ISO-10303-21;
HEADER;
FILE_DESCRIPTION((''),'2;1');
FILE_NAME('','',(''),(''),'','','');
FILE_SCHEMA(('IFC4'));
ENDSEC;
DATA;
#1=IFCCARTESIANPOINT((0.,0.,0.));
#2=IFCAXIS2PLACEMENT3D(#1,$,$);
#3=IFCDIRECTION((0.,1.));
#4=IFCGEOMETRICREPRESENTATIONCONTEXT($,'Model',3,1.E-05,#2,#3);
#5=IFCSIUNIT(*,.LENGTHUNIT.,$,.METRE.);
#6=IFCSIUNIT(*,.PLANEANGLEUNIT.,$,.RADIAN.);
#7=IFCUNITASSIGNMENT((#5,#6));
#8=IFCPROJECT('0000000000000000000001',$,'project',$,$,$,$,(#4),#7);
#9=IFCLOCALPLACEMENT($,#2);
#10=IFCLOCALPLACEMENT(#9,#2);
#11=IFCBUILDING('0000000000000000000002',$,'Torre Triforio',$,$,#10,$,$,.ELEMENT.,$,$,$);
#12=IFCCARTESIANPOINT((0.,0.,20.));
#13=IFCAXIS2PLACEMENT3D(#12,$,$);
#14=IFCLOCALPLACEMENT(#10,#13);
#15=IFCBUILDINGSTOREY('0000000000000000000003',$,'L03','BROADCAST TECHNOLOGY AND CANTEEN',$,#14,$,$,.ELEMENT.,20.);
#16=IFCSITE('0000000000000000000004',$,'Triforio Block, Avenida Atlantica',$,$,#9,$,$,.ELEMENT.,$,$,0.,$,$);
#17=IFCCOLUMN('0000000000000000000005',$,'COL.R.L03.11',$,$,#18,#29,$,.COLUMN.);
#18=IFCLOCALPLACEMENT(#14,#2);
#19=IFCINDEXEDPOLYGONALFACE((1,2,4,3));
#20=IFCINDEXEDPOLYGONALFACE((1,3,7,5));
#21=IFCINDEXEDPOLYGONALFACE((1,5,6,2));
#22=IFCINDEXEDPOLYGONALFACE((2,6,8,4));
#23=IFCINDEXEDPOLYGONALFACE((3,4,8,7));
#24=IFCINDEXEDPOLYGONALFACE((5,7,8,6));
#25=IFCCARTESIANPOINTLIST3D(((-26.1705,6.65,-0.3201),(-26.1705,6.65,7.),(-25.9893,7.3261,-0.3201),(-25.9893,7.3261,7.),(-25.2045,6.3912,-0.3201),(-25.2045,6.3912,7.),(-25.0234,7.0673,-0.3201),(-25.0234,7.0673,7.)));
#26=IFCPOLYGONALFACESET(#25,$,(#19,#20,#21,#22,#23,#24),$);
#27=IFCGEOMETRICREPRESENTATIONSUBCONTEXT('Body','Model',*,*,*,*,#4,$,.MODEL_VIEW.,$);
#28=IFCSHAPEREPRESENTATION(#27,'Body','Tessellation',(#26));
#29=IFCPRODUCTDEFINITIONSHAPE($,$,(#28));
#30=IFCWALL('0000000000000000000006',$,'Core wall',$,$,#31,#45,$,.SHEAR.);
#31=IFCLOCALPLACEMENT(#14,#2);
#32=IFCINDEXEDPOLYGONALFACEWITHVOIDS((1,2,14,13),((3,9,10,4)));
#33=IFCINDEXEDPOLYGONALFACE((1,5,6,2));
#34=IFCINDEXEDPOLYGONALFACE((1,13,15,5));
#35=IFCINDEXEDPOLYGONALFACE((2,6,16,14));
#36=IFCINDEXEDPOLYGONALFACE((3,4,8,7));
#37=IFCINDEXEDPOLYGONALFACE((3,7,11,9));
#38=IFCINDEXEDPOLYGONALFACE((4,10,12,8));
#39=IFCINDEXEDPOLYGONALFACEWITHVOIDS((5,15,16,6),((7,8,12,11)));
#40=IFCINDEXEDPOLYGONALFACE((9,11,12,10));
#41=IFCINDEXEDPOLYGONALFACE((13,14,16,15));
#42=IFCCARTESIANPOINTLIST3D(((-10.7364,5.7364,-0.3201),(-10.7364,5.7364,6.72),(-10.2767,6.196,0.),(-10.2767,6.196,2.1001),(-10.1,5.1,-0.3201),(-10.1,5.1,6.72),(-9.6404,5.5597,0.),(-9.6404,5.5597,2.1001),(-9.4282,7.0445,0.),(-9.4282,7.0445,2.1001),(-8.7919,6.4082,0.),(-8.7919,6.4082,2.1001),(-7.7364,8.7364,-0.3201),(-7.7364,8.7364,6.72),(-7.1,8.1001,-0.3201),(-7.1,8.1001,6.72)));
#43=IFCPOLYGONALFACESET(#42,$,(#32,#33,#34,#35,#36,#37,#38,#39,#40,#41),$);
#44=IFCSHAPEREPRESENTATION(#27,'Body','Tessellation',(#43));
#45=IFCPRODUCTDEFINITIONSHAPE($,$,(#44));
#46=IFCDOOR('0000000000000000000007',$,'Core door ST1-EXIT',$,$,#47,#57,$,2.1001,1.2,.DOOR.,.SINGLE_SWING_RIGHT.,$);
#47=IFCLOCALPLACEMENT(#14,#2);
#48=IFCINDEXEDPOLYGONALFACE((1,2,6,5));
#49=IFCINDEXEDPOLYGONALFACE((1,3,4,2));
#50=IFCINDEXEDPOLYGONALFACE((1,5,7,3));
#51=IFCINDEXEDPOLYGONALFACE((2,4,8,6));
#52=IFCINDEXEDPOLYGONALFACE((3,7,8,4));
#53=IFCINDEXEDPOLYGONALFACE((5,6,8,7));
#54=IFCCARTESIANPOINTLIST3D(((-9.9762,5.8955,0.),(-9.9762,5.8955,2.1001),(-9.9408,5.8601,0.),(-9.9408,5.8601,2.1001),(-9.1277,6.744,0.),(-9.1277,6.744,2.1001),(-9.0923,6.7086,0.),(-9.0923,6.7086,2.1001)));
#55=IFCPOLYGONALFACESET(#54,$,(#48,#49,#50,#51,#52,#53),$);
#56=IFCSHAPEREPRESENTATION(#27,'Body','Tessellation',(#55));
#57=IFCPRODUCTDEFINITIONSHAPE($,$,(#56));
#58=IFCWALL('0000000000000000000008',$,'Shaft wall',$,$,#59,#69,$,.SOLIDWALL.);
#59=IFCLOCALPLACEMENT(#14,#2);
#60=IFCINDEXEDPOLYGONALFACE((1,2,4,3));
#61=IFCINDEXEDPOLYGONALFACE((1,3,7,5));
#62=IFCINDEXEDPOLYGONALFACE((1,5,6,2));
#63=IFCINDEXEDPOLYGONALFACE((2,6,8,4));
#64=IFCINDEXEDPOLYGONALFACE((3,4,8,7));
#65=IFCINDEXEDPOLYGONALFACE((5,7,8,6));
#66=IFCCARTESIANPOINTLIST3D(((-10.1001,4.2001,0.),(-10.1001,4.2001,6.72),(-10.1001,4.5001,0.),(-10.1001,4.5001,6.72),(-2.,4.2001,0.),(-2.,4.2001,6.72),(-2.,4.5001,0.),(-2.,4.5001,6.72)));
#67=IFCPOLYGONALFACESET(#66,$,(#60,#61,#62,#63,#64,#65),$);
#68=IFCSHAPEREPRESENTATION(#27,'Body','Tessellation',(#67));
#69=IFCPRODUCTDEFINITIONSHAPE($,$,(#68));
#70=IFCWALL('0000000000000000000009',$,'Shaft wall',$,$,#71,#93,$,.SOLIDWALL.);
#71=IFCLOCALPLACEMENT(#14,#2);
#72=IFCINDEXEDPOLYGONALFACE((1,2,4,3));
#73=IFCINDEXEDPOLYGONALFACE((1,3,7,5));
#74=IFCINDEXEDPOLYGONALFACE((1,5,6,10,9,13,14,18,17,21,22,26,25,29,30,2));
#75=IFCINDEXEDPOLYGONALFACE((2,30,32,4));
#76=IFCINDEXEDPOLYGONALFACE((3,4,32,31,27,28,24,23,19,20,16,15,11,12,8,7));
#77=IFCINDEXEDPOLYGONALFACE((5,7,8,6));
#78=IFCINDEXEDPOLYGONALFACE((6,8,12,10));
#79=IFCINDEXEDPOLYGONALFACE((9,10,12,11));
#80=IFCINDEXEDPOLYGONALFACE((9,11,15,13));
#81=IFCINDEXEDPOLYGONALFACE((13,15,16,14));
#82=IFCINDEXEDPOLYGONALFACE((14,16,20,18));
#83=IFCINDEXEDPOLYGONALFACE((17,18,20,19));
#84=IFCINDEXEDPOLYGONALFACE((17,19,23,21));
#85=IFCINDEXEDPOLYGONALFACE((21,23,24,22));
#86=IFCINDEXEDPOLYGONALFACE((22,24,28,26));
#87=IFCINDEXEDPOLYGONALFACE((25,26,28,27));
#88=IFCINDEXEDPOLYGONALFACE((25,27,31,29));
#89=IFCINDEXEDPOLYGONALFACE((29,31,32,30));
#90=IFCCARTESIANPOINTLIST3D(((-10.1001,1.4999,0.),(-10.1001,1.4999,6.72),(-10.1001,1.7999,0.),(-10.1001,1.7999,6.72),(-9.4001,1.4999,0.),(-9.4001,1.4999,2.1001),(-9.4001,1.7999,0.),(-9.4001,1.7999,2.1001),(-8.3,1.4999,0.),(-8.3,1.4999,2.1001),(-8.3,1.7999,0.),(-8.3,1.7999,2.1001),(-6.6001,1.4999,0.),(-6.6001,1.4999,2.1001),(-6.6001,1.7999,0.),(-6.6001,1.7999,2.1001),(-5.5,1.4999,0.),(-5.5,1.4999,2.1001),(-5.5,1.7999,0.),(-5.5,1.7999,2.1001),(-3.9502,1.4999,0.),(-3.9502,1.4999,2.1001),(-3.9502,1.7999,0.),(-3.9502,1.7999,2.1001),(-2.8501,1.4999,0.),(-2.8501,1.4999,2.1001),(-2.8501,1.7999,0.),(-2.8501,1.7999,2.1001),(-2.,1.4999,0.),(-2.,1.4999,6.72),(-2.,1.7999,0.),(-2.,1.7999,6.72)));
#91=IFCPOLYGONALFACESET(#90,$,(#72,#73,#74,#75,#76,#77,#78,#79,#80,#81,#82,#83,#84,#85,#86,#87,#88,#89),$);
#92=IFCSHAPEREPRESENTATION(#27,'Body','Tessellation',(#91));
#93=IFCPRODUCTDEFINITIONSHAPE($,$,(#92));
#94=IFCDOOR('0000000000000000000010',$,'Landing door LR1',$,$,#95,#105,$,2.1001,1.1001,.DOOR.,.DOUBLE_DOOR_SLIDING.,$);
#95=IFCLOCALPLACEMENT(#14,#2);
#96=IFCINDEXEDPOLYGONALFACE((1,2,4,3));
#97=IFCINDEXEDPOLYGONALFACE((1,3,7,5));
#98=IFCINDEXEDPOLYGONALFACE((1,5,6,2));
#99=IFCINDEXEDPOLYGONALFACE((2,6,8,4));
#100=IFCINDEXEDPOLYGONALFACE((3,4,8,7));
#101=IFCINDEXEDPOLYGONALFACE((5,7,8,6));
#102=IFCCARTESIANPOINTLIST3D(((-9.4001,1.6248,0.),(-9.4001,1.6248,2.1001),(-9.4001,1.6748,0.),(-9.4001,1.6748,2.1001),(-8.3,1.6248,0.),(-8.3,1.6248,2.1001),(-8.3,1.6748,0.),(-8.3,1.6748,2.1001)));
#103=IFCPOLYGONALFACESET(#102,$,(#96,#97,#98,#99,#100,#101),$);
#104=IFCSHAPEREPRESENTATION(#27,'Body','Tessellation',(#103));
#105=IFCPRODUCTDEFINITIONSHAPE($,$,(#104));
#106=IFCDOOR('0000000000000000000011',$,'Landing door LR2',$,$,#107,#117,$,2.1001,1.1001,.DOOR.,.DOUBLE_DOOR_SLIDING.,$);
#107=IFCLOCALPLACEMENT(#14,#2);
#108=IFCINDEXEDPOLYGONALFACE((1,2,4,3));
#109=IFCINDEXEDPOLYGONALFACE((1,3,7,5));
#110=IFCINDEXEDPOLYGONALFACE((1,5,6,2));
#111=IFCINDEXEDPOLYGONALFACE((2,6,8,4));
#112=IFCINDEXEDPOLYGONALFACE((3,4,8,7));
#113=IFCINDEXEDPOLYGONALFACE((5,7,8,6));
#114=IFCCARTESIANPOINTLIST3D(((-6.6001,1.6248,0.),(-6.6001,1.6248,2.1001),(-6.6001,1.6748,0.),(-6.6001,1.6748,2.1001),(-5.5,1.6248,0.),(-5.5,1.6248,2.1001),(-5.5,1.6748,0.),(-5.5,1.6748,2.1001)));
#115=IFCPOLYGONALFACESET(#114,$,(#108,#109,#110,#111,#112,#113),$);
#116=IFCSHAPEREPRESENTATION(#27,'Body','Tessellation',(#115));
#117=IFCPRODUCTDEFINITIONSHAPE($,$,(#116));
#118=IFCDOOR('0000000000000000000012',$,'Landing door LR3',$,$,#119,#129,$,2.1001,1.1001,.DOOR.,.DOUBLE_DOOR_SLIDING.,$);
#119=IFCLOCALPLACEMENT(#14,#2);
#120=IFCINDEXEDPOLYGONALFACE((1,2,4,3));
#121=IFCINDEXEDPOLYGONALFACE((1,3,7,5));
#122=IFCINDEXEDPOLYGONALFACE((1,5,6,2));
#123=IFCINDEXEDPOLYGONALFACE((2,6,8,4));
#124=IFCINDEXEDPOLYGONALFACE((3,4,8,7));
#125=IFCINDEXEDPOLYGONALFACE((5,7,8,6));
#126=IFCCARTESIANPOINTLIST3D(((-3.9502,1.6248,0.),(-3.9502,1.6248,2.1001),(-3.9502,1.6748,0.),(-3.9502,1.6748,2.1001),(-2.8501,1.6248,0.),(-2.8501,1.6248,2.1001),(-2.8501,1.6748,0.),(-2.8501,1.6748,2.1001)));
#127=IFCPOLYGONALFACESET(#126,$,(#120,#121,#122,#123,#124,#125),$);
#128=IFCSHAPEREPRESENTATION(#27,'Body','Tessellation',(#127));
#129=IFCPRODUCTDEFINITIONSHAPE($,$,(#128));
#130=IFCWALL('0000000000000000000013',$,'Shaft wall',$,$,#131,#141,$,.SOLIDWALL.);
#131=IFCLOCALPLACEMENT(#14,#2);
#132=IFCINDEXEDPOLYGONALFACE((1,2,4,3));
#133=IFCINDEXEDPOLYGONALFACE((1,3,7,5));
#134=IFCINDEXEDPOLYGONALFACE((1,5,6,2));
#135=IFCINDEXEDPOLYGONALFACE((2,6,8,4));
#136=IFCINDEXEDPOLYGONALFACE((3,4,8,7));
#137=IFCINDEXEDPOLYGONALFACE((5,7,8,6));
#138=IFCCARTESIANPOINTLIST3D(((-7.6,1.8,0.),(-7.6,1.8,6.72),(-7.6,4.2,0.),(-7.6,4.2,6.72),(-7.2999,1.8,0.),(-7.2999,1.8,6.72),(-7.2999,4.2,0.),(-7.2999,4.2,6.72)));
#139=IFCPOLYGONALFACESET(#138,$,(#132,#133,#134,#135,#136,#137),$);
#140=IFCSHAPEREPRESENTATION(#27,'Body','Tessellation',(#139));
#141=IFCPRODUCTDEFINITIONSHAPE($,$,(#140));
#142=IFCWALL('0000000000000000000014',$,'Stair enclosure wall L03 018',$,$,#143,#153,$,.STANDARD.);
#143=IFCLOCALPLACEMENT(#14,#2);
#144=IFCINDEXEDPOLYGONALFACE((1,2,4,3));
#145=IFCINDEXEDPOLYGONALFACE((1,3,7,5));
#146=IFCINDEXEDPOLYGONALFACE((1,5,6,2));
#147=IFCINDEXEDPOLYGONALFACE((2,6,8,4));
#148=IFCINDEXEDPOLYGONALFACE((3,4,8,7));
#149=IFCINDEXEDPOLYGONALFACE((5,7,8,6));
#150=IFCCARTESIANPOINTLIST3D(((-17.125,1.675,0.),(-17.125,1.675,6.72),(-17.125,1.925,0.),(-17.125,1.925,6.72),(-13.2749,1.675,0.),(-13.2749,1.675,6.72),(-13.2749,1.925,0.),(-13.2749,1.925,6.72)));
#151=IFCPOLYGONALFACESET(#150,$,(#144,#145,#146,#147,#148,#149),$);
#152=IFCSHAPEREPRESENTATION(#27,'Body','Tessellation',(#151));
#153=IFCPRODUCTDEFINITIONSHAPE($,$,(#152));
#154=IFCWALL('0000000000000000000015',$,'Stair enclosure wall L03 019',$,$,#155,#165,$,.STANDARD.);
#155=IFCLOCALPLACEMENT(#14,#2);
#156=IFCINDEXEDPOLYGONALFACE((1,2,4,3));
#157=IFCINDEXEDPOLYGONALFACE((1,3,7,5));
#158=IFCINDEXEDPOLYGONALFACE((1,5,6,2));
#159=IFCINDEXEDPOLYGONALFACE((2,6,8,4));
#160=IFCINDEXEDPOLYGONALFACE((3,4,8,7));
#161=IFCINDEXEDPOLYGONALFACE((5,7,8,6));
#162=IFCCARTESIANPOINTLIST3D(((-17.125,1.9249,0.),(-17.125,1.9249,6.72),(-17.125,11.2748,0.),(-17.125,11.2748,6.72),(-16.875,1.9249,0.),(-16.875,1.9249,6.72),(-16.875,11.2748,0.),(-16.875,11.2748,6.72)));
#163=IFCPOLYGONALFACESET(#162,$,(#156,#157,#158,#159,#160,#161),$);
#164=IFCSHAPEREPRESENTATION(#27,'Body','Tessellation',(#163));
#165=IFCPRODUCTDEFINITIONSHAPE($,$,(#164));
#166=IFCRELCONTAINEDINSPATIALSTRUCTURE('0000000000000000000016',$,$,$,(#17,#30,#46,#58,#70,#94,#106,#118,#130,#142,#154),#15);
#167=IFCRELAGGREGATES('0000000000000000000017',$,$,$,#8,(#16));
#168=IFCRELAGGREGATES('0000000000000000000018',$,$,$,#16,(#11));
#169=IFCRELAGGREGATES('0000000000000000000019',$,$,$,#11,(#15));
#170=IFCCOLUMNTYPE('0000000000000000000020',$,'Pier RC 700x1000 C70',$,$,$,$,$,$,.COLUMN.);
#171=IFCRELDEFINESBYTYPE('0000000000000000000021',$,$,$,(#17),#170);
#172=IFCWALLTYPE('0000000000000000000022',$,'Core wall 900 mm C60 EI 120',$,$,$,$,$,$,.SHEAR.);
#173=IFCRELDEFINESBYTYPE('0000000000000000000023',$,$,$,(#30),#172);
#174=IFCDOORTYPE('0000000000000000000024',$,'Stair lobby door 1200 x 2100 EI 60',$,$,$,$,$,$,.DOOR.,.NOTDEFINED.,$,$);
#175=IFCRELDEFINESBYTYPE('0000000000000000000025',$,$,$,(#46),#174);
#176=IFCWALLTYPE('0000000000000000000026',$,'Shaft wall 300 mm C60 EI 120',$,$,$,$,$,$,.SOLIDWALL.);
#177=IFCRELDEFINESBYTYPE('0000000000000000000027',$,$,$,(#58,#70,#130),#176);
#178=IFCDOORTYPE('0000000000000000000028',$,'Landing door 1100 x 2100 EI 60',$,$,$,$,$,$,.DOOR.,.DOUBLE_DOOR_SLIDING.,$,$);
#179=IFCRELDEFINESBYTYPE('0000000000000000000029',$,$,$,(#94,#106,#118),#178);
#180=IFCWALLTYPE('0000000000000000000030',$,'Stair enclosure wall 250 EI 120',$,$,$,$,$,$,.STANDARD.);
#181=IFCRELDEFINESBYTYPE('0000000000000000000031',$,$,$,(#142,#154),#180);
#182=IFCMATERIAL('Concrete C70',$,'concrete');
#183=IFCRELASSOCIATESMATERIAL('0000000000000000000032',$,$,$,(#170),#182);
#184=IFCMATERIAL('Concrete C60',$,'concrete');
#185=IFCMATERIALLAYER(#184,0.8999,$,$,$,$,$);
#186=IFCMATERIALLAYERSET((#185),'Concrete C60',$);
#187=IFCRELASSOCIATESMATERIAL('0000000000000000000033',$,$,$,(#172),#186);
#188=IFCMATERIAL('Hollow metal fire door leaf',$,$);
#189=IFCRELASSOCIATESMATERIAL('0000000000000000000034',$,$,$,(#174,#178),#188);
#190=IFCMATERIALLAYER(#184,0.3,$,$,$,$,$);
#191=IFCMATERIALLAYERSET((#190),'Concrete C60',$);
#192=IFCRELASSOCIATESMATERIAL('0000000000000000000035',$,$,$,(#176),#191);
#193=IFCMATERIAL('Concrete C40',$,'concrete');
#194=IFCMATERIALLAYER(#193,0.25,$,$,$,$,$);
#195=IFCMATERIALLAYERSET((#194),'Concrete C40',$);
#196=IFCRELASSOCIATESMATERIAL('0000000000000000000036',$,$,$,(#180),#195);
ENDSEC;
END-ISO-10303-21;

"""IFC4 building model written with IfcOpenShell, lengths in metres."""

from ifc_helpers import new_model, si_unit, direction, frame, frame_2d, origin, origin_2d, place, context, subcontext, project, spatial, rectangle, extrude, material, layer, layer_set, material_profile, profile_set, type_object, element, fill, save


model = new_model("IFC4")

# Units and contexts
model_context = context("Model", 3, precision=1e-05, world=origin(), true_north=direction((0.0, 1.0)))
body_context = subcontext(model_context, "Body", "Model", "MODEL_VIEW")
ifc_project = project(units=[si_unit("LENGTHUNIT", "METRE"), si_unit("PLANEANGLEUNIT", "RADIAN")], contexts=[model_context])

# Site, building, storey
site_placement = place(None, origin())
site = spatial("IfcSite", under=ifc_project, at=site_placement, Name="Triforio Block, Avenida Atlantica", CompositionType="ELEMENT", RefElevation=0.0)
building_placement = place(site_placement, origin())
building = spatial("IfcBuilding", under=site, at=building_placement, Name="Torre Triforio", CompositionType="ELEMENT")
storey_placement = place(building_placement, frame((0.0, 0.0, 20.0)))
storey = spatial("IfcBuildingStorey", under=building, at=storey_placement, Name="L03", Description="BROADCAST TECHNOLOGY AND CANTEEN", CompositionType="ELEMENT", Elevation=20.0)

# Column
ifc_material_1 = material(Name="Concrete C70", Category="concrete")
ifc_material_profile_1 = material_profile(ifc_material_1, rectangle(XDim=0.7, YDim=1.0, at=origin_2d()), Name="RC 700x1000")
ifc_profile_set_1 = profile_set([ifc_material_profile_1], Name="Concrete C70")
column_type = type_object("IfcColumnType", Name="Pier RC 700x1000 C70", PredefinedType="COLUMN", material=ifc_profile_set_1)
column_placement = place(storey_placement, frame((-25.5969, 6.8586, -0.3201), z_axis=(0.0, 0.0, 1.0), x_axis=(-0.258819, -0.965926, 0.0)))
element("IfcColumn", 1, at=column_placement, inside=storey, type_object=column_type, Name="COL.R.L03.11", PredefinedType="COLUMN", context=body_context, shape_type="SweptSolid", body=[
    extrude(rectangle(XDim=0.7, YDim=1.0, at=origin_2d()), origin(), (0.0, 0.0, 1.0), 7.3201),
])

# Wall, opening, door
ifc_material_2 = material(Name="Concrete C60", Category="concrete")
ifc_layer_1 = layer(ifc_material_2, 0.8999)
ifc_layer_set_1 = layer_set([ifc_layer_1], Name="Concrete C60")
wall_type_1 = type_object("IfcWallType", Name="Core wall 900 mm C60 EI 120", PredefinedType="SHEAR", material=ifc_layer_set_1)
wall_1_placement = place(storey_placement, frame((-10.4182, 5.4182, -0.3201), z_axis=(0.0, 0.0, 1.0), x_axis=(0.707107, 0.707107, 0.0)))
wall_1 = element("IfcWall", 2, at=wall_1_placement, inside=storey, type_object=wall_type_1, Name="Core wall", PredefinedType="SHEAR", context=body_context, shape_type="SweptSolid", body=[
    extrude(rectangle(XDim=4.2427, YDim=0.8999, at=frame_2d((2.1213, 0.0))), origin(), (0.0, 0.0, 1.0), 7.04),
])
opening_1_placement = place(wall_1_placement, frame((0.6499, 0.0, 0.3201)))
opening_1 = element("IfcOpeningElement", 3, at=opening_1_placement, cuts=wall_1, PredefinedType="OPENING", context=body_context, shape_type="SweptSolid", body=[
    extrude(rectangle(XDim=1.2, YDim=2.1001, at=frame_2d((0.6001, 1.05))), frame((0.0, 0.46, 0.0), z_axis=(0.0, -1.0, 0.0), x_axis=(1.0, 0.0, 0.0)), (0.0, 0.0, 1.0), 0.9199),
])
ifc_material_3 = material(Name="Hollow metal fire door leaf")
door_type_1 = type_object("IfcDoorType", Name="Stair lobby door 1200 x 2100 EI 60", OperationType="NOTDEFINED", PredefinedType="DOOR", material=ifc_material_3)
door_1_placement = place(opening_1_placement, origin())
door_1 = element("IfcDoor", 4, at=door_1_placement, inside=storey, type_object=door_type_1, Name="Core door ST1-EXIT", OperationType="SINGLE_SWING_RIGHT", OverallHeight=2.1001, OverallWidth=1.2, PredefinedType="DOOR", context=body_context, shape_type="SweptSolid", body=[
    extrude(rectangle(XDim=1.2, YDim=2.1001, at=frame_2d((0.6001, 1.05))), frame((0.0, 0.0249, 0.0), z_axis=(0.0, -1.0, 0.0), x_axis=(1.0, 0.0, 0.0)), (0.0, 0.0, 1.0), 0.05),
])
fill(opening_1, door_1)

# Wall
ifc_layer_2 = layer(ifc_material_2, 0.3)
ifc_layer_set_2 = layer_set([ifc_layer_2], Name="Concrete C60")
wall_type_2 = type_object("IfcWallType", Name="Shaft wall 300 mm C60 EI 120", PredefinedType="SOLIDWALL", material=ifc_layer_set_2)
wall_2_placement = place(storey_placement, frame((-10.1001, 4.3501, 0.0), z_axis=(0.0, 0.0, 1.0), x_axis=(1.0, 0.0, 0.0)))
element("IfcWall", 5, at=wall_2_placement, inside=storey, type_object=wall_type_2, Name="Shaft wall", PredefinedType="SOLIDWALL", context=body_context, shape_type="SweptSolid", body=[
    extrude(rectangle(XDim=8.1001, YDim=0.3, at=frame_2d((4.05, 0.0))), origin(), (0.0, 0.0, 1.0), 6.72),
])

# Wall, openings, doors
wall_3_placement = place(storey_placement, frame((-10.1001, 1.6499, 0.0), z_axis=(0.0, 0.0, 1.0), x_axis=(1.0, 0.0, 0.0)))
wall_3 = element("IfcWall", 6, at=wall_3_placement, inside=storey, type_object=wall_type_2, Name="Shaft wall", PredefinedType="SOLIDWALL", context=body_context, shape_type="SweptSolid", body=[
    extrude(rectangle(XDim=8.1001, YDim=0.3, at=frame_2d((4.05, 0.0))), origin(), (0.0, 0.0, 1.0), 6.72),
])
opening_2_placement = place(wall_3_placement, frame((0.7, 0.0, 0.0)))
opening_2 = element("IfcOpeningElement", 7, at=opening_2_placement, cuts=wall_3, PredefinedType="OPENING", context=body_context, shape_type="SweptSolid", body=[
    extrude(rectangle(XDim=1.1001, YDim=2.1001, at=frame_2d((0.55, 1.05))), frame((0.0, 0.1599, 0.0), z_axis=(0.0, -1.0, 0.0), x_axis=(1.0, 0.0, 0.0)), (0.0, 0.0, 1.0), 0.3201),
])
opening_3_placement = place(wall_3_placement, frame((3.5, 0.0, 0.0)))
opening_3 = element("IfcOpeningElement", 8, at=opening_3_placement, cuts=wall_3, PredefinedType="OPENING", context=body_context, shape_type="SweptSolid", body=[
    extrude(rectangle(XDim=1.1001, YDim=2.1001, at=frame_2d((0.55, 1.05))), frame((0.0, 0.1599, 0.0), z_axis=(0.0, -1.0, 0.0), x_axis=(1.0, 0.0, 0.0)), (0.0, 0.0, 1.0), 0.3201),
])
opening_4_placement = place(wall_3_placement, frame((6.1499, 0.0, 0.0)))
opening_4 = element("IfcOpeningElement", 9, at=opening_4_placement, cuts=wall_3, PredefinedType="OPENING", context=body_context, shape_type="SweptSolid", body=[
    extrude(rectangle(XDim=1.1001, YDim=2.1001, at=frame_2d((0.55, 1.05))), frame((0.0, 0.1599, 0.0), z_axis=(0.0, -1.0, 0.0), x_axis=(1.0, 0.0, 0.0)), (0.0, 0.0, 1.0), 0.3201),
])
door_type_2 = type_object("IfcDoorType", Name="Landing door 1100 x 2100 EI 60", OperationType="DOUBLE_DOOR_SLIDING", PredefinedType="DOOR", material=ifc_material_3)
door_2_placement = place(opening_2_placement, origin())
door_2 = element("IfcDoor", 10, at=door_2_placement, inside=storey, type_object=door_type_2, Name="Landing door LR1", OperationType="DOUBLE_DOOR_SLIDING", OverallHeight=2.1001, OverallWidth=1.1001, PredefinedType="DOOR", context=body_context, shape_type="SweptSolid", body=[
    extrude(rectangle(XDim=1.1001, YDim=2.1001, at=frame_2d((0.55, 1.05))), frame((0.0, 0.0249, 0.0), z_axis=(0.0, -1.0, 0.0), x_axis=(1.0, 0.0, 0.0)), (0.0, 0.0, 1.0), 0.05),
])
fill(opening_2, door_2)
door_3_placement = place(opening_3_placement, origin())
door_3 = element("IfcDoor", 11, at=door_3_placement, inside=storey, type_object=door_type_2, Name="Landing door LR2", OperationType="DOUBLE_DOOR_SLIDING", OverallHeight=2.1001, OverallWidth=1.1001, PredefinedType="DOOR", context=body_context, shape_type="SweptSolid", body=[
    extrude(rectangle(XDim=1.1001, YDim=2.1001, at=frame_2d((0.55, 1.05))), frame((0.0, 0.0249, 0.0), z_axis=(0.0, -1.0, 0.0), x_axis=(1.0, 0.0, 0.0)), (0.0, 0.0, 1.0), 0.05),
])
fill(opening_3, door_3)
door_4_placement = place(opening_4_placement, origin())
door_4 = element("IfcDoor", 12, at=door_4_placement, inside=storey, type_object=door_type_2, Name="Landing door LR3", OperationType="DOUBLE_DOOR_SLIDING", OverallHeight=2.1001, OverallWidth=1.1001, PredefinedType="DOOR", context=body_context, shape_type="SweptSolid", body=[
    extrude(rectangle(XDim=1.1001, YDim=2.1001, at=frame_2d((0.55, 1.05))), frame((0.0, 0.0249, 0.0), z_axis=(0.0, -1.0, 0.0), x_axis=(1.0, 0.0, 0.0)), (0.0, 0.0, 1.0), 0.05),
])
fill(opening_4, door_4)

# Walls
wall_4_placement = place(storey_placement, frame((-7.45, 1.8, 0.0), z_axis=(0.0, 0.0, 1.0), x_axis=(0.0, 1.0, 0.0)))
element("IfcWall", 13, at=wall_4_placement, inside=storey, type_object=wall_type_2, Name="Shaft wall", PredefinedType="SOLIDWALL", context=body_context, shape_type="SweptSolid", body=[
    extrude(rectangle(XDim=2.3999, YDim=0.3, at=frame_2d((1.2, 0.0))), origin(), (0.0, 0.0, 1.0), 6.72),
])
ifc_material_4 = material(Name="Concrete C40", Category="concrete")
ifc_layer_3 = layer(ifc_material_4, 0.25)
ifc_layer_set_3 = layer_set([ifc_layer_3], Name="Concrete C40")
wall_type_3 = type_object("IfcWallType", Name="Stair enclosure wall 250 EI 120", PredefinedType="STANDARD", material=ifc_layer_set_3)
wall_5_placement = place(storey_placement, frame((-17.125, 1.8, 0.0), z_axis=(0.0, 0.0, 1.0), x_axis=(1.0, 0.0, 0.0)))
element("IfcWall", 14, at=wall_5_placement, inside=storey, type_object=wall_type_3, Name="Stair enclosure wall L03 018", PredefinedType="STANDARD", context=body_context, shape_type="SweptSolid", body=[
    extrude(rectangle(XDim=3.8501, YDim=0.25, at=frame_2d((1.925, 0.0))), origin(), (0.0, 0.0, 1.0), 6.72),
])
wall_6_placement = place(storey_placement, frame((-17.0, 1.925, 0.0), z_axis=(0.0, 0.0, 1.0), x_axis=(0.0, 1.0, 0.0)))
element("IfcWall", 15, at=wall_6_placement, inside=storey, type_object=wall_type_3, Name="Stair enclosure wall L03 019", PredefinedType="STANDARD", context=body_context, shape_type="SweptSolid", body=[
    extrude(rectangle(XDim=9.3499, YDim=0.25, at=frame_2d((4.6748, 0.0))), origin(), (0.0, 0.0, 1.0), 6.72),
])

save(model, "model.ifc")
